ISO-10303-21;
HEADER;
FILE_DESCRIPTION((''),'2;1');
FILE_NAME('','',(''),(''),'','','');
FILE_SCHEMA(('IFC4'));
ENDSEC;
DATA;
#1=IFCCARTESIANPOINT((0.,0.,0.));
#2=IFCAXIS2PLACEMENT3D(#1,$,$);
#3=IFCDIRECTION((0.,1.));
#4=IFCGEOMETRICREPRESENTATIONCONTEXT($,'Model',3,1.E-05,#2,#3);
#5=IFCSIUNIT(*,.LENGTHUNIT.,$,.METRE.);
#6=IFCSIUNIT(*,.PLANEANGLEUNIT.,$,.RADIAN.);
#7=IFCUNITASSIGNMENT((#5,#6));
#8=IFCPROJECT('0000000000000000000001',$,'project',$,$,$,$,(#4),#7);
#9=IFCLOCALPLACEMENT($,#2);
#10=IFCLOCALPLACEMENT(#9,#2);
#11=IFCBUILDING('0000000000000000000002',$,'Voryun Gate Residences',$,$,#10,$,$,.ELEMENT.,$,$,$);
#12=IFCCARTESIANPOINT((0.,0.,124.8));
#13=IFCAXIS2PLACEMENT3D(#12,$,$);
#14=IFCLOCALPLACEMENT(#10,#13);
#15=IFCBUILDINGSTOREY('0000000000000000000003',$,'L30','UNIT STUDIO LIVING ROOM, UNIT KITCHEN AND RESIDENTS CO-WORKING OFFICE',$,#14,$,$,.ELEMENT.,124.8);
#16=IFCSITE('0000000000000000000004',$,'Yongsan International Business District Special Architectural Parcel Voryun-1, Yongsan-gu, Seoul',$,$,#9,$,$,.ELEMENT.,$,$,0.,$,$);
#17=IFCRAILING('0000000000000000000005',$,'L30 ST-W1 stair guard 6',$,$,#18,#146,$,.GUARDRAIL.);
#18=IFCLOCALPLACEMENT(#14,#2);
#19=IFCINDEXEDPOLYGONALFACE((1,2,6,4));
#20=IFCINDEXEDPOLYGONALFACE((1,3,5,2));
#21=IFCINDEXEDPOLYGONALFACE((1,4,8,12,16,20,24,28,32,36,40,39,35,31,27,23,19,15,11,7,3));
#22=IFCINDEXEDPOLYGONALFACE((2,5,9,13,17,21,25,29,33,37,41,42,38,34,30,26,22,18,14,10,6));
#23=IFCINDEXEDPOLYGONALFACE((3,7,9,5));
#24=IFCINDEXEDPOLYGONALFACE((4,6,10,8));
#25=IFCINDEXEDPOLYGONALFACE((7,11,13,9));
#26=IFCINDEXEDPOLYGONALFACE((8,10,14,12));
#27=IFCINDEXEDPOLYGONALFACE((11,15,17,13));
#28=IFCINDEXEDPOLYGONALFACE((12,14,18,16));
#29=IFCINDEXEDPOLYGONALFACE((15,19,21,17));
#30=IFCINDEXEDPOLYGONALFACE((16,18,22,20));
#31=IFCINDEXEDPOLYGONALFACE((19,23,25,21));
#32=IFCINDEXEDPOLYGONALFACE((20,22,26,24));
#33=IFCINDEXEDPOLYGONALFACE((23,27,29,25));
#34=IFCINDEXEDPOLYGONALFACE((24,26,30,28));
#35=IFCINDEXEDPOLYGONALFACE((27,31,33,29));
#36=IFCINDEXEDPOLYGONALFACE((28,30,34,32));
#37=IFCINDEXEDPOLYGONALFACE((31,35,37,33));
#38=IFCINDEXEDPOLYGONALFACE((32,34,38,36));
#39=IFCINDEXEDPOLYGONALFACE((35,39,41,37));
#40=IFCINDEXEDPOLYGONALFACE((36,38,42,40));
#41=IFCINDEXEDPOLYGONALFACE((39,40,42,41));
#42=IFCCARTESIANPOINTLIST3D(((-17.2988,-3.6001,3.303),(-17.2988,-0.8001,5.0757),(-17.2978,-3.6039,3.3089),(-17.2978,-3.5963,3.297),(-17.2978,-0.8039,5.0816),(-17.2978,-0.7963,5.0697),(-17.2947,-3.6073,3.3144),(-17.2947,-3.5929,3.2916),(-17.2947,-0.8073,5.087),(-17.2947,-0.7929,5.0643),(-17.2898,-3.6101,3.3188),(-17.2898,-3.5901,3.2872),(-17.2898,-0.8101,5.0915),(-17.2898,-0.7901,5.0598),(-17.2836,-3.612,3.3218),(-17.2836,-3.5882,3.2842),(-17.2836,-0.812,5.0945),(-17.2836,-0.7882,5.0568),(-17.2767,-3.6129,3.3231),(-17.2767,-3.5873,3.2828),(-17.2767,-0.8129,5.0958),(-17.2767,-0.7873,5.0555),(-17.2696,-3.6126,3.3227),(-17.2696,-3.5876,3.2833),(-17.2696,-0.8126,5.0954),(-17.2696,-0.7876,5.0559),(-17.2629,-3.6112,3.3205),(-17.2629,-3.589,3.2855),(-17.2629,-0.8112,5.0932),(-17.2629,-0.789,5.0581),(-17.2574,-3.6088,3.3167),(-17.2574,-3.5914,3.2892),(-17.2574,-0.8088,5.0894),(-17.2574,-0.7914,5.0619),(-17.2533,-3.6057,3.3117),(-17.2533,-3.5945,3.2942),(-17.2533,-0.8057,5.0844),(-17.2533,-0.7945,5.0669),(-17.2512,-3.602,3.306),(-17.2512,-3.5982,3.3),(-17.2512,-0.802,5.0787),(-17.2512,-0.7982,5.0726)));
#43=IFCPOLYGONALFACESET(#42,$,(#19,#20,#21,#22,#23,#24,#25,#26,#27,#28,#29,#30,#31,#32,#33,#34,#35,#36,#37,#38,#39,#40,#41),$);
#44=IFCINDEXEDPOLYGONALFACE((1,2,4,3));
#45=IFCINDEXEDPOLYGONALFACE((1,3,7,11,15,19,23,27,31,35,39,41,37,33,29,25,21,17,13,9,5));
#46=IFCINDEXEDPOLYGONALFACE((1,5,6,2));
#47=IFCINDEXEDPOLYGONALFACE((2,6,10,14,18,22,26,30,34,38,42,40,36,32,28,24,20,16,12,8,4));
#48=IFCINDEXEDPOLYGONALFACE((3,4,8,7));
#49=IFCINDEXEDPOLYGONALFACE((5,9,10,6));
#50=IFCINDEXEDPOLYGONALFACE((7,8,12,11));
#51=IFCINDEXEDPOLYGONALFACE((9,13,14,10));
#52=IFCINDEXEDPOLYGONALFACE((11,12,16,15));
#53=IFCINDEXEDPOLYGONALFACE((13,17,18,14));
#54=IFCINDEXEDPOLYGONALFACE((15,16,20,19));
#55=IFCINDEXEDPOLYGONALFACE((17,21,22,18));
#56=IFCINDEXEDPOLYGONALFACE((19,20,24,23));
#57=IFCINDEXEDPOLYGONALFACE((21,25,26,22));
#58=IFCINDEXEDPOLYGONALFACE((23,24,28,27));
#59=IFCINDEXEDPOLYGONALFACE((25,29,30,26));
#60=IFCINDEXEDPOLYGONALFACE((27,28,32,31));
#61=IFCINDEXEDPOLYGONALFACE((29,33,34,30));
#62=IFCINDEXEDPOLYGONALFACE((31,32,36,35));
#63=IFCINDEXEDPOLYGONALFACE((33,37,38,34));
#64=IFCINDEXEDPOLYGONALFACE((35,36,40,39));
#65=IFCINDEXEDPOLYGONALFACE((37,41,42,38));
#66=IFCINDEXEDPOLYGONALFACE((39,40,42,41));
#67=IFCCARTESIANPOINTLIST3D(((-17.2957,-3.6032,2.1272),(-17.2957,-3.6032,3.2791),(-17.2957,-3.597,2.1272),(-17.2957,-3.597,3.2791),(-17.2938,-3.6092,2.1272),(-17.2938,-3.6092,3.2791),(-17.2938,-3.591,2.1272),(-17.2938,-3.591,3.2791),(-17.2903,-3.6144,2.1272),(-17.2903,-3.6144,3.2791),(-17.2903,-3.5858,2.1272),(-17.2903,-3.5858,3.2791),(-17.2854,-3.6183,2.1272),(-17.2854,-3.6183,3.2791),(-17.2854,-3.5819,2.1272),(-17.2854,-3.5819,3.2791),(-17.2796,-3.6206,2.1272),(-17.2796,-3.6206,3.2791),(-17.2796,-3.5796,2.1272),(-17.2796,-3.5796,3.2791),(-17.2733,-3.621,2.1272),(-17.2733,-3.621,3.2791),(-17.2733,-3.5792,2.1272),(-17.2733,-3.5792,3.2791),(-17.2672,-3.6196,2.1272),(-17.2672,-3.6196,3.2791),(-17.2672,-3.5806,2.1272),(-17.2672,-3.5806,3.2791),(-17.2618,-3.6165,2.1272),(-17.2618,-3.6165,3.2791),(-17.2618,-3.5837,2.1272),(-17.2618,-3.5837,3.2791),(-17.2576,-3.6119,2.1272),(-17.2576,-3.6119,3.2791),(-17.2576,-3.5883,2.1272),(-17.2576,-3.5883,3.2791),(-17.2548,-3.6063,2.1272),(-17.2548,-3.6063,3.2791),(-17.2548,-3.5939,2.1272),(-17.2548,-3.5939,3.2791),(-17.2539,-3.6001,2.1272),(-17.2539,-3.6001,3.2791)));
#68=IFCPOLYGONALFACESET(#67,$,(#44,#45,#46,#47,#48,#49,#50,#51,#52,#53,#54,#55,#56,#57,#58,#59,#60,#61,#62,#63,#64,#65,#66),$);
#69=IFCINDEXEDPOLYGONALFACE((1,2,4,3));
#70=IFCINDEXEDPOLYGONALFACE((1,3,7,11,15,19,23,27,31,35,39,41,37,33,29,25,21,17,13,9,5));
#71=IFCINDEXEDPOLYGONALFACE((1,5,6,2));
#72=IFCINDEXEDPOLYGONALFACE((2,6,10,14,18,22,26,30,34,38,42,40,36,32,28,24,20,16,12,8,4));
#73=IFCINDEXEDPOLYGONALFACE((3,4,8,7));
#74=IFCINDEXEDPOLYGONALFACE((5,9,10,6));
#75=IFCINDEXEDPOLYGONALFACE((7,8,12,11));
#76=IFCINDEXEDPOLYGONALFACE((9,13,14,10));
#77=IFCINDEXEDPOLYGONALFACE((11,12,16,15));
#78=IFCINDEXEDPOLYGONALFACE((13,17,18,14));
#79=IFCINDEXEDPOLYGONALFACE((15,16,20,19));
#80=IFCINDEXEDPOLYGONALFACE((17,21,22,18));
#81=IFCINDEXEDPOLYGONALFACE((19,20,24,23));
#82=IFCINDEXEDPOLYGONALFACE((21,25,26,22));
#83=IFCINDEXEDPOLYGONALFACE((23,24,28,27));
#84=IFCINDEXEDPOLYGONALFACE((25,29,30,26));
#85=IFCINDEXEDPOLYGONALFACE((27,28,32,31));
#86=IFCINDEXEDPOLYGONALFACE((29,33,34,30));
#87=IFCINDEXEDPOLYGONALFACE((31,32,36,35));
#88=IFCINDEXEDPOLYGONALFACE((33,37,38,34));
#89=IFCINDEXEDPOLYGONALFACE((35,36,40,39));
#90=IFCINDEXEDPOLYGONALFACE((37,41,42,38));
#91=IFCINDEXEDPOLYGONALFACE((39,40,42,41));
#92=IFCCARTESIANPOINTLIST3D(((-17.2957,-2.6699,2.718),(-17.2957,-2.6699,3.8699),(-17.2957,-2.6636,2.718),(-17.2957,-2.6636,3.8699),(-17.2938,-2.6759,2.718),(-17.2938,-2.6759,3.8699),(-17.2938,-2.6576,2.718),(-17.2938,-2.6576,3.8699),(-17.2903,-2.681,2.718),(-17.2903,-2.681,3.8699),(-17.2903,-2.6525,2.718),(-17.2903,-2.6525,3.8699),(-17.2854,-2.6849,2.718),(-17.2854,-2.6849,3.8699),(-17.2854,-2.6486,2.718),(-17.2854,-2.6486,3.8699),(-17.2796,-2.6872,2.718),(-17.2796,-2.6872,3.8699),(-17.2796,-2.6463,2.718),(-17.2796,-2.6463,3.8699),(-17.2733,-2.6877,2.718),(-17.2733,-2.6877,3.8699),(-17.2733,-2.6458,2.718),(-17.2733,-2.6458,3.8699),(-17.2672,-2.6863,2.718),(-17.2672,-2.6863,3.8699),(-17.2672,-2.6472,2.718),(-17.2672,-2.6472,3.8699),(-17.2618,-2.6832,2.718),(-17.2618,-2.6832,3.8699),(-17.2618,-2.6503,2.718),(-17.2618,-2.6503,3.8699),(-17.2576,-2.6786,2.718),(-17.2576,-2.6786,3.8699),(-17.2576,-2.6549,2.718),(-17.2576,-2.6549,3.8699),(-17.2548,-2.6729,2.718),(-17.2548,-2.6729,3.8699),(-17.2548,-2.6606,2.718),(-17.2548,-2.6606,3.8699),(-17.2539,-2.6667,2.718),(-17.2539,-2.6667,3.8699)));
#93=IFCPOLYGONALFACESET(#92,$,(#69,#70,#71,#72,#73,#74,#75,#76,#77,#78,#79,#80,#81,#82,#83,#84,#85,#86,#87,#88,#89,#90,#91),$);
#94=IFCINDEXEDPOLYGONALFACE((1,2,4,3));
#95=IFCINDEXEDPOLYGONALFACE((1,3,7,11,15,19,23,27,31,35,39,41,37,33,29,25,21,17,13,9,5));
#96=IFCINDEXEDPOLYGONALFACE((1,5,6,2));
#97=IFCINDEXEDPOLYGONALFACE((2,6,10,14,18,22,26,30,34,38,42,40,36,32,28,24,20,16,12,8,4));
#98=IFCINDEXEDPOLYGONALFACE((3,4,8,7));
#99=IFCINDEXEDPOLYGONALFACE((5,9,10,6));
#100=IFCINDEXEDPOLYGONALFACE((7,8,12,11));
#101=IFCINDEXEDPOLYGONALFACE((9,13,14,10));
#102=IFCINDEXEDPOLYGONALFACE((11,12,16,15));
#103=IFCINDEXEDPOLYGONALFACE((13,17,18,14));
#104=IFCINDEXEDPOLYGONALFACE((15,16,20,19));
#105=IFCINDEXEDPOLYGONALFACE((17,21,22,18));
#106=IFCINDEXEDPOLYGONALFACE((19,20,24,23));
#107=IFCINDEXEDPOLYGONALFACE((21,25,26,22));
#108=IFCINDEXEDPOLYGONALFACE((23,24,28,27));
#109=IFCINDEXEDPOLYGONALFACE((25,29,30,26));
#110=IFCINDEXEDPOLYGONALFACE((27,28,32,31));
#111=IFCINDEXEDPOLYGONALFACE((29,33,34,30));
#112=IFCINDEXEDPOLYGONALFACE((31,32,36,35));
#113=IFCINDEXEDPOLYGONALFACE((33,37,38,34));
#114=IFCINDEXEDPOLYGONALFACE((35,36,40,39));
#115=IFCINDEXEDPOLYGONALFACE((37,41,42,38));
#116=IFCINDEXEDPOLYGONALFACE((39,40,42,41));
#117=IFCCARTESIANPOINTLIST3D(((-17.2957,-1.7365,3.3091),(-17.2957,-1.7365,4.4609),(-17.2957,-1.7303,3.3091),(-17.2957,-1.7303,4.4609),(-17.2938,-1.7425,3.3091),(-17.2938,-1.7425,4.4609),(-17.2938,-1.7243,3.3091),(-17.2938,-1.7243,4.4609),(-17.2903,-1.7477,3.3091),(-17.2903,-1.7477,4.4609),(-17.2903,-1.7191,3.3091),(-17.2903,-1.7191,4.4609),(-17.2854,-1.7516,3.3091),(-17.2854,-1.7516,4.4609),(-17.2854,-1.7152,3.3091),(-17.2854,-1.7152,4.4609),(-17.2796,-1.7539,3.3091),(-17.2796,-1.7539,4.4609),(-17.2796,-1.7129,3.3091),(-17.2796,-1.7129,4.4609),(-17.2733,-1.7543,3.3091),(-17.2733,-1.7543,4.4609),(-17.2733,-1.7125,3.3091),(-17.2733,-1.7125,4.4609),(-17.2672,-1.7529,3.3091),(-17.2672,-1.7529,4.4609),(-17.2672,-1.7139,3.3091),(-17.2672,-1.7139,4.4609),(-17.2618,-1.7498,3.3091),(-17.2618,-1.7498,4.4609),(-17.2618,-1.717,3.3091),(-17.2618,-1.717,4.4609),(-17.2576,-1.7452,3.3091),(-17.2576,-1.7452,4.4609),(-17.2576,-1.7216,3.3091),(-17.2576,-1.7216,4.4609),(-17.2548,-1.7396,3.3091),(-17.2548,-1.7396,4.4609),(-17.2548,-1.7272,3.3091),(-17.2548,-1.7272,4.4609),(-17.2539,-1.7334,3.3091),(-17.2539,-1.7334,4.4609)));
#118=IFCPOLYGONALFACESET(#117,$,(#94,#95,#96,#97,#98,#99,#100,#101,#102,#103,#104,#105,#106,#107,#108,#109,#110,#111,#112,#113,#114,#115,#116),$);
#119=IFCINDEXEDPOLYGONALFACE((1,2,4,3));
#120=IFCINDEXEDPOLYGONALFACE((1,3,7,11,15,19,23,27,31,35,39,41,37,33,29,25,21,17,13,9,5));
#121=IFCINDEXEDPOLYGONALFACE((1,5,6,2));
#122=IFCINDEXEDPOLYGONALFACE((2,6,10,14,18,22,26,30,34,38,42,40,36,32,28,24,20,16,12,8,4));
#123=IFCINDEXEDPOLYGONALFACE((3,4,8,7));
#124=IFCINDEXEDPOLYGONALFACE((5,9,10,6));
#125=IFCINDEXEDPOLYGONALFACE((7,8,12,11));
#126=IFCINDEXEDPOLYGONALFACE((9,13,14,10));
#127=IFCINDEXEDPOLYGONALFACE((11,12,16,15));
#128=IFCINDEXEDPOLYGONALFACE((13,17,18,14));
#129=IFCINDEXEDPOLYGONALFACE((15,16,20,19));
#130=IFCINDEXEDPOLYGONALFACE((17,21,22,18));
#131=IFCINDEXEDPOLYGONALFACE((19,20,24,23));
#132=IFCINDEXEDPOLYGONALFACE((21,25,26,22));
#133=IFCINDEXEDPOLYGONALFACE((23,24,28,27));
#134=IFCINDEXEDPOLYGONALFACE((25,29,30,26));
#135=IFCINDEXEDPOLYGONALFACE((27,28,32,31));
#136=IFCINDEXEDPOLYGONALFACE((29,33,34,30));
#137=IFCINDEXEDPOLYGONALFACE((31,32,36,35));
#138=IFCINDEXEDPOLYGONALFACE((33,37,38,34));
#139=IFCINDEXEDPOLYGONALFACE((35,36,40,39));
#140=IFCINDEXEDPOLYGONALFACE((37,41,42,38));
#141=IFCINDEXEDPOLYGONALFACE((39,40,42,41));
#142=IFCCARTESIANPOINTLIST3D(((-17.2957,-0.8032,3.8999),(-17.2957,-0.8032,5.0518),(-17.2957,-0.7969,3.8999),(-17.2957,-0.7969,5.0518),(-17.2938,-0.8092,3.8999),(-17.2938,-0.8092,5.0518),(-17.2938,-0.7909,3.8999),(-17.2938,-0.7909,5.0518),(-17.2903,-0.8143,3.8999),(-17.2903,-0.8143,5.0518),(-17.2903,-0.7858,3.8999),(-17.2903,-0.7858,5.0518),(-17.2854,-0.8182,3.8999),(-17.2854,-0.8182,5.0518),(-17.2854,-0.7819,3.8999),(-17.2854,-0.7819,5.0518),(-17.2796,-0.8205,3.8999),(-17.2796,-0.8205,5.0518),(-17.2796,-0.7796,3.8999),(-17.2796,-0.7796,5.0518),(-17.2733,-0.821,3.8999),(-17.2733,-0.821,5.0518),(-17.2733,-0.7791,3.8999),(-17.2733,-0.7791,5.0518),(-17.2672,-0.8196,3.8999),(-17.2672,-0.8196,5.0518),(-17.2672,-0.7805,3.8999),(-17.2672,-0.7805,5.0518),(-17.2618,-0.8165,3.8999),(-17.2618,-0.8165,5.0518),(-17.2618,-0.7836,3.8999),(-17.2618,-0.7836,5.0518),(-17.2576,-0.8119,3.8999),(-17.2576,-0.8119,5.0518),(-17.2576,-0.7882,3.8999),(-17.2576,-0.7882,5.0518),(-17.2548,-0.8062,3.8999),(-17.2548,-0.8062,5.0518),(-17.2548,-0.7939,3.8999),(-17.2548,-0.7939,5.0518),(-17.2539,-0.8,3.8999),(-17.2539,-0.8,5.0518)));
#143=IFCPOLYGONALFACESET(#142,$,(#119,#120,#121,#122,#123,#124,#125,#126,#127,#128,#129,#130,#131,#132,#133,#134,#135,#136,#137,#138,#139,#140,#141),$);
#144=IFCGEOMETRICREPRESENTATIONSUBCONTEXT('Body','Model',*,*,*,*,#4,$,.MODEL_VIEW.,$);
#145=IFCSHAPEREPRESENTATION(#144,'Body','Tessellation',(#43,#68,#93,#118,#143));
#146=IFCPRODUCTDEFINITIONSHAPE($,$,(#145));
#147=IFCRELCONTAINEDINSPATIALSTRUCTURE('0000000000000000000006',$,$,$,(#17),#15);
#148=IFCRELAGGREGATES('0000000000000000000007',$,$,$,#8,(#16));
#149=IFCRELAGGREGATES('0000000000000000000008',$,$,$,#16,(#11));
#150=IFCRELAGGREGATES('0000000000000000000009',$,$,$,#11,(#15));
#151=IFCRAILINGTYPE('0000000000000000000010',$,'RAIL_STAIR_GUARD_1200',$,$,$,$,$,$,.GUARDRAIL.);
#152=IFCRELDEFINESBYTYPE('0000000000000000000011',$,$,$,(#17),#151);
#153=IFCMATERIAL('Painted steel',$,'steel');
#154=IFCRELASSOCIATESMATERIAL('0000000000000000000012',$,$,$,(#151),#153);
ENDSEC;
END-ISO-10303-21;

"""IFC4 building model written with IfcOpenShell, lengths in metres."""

from ifc_helpers import new_model, si_unit, direction, frame, origin, origin_2d, place, context, subcontext, project, spatial, circle, extrude, material, type_object, element, save


model = new_model("IFC4")

# Units and contexts
model_context = context("Model", 3, precision=1e-05, world=origin(), true_north=direction((0.0, 1.0)))
body_context = subcontext(model_context, "Body", "Model", "MODEL_VIEW")
ifc_project = project(units=[si_unit("LENGTHUNIT", "METRE"), si_unit("PLANEANGLEUNIT", "RADIAN")], contexts=[model_context])

# Site, building, storey
site_placement = place(None, origin())
site = spatial("IfcSite", under=ifc_project, at=site_placement, Name="Yongsan International Business District Special Architectural Parcel Voryun-1, Yongsan-gu, Seoul", CompositionType="ELEMENT", RefElevation=0.0)
building_placement = place(site_placement, origin())
building = spatial("IfcBuilding", under=site, at=building_placement, Name="Voryun Gate Residences", CompositionType="ELEMENT")
storey_placement = place(building_placement, frame((0.0, 0.0, 124.8)))
storey = spatial("IfcBuildingStorey", under=building, at=storey_placement, Name="L30", Description="UNIT STUDIO LIVING ROOM, UNIT KITCHEN AND RESIDENTS CO-WORKING OFFICE", CompositionType="ELEMENT", Elevation=124.8)

# Railing
ifc_material_1 = material(Name="Painted steel", Category="steel")
railing_type_1 = type_object("IfcRailingType", Name="RAIL_STAIR_GUARD_1200", PredefinedType="GUARDRAIL", material=ifc_material_1)
railing_1_placement = place(storey_placement, frame((-17.2749, -3.6001, 2.1272)))
element("IfcRailing", 1, at=railing_1_placement, inside=storey, type_object=railing_type_1, Name="L30 ST-W1 stair guard 6", PredefinedType="GUARDRAIL", context=body_context, shape_type="SweptSolid", body=[
    extrude(circle(Radius=0.0239, at=origin_2d()), frame((0.0, 0.0, 1.1758), z_axis=(0.0, 0.844909, 0.53491), x_axis=(-1.0, 0.0, 0.0)), (0.0, 0.0, 1.0), 3.314),
    extrude(circle(Radius=0.021, at=origin_2d()), origin(), (0.0, 0.0, 1.0), 1.1519),
    extrude(circle(Radius=0.021, at=origin_2d()), frame((0.0, 0.9333, 0.5908)), (0.0, 0.0, 1.0), 1.1519),
    extrude(circle(Radius=0.021, at=origin_2d()), frame((0.0, 1.8667, 1.1819)), (0.0, 0.0, 1.0), 1.1519),
    extrude(circle(Radius=0.021, at=origin_2d()), frame((0.0, 2.8, 1.7727)), (0.0, 0.0, 1.0), 1.1519),
])

save(model, "model.ifc")
